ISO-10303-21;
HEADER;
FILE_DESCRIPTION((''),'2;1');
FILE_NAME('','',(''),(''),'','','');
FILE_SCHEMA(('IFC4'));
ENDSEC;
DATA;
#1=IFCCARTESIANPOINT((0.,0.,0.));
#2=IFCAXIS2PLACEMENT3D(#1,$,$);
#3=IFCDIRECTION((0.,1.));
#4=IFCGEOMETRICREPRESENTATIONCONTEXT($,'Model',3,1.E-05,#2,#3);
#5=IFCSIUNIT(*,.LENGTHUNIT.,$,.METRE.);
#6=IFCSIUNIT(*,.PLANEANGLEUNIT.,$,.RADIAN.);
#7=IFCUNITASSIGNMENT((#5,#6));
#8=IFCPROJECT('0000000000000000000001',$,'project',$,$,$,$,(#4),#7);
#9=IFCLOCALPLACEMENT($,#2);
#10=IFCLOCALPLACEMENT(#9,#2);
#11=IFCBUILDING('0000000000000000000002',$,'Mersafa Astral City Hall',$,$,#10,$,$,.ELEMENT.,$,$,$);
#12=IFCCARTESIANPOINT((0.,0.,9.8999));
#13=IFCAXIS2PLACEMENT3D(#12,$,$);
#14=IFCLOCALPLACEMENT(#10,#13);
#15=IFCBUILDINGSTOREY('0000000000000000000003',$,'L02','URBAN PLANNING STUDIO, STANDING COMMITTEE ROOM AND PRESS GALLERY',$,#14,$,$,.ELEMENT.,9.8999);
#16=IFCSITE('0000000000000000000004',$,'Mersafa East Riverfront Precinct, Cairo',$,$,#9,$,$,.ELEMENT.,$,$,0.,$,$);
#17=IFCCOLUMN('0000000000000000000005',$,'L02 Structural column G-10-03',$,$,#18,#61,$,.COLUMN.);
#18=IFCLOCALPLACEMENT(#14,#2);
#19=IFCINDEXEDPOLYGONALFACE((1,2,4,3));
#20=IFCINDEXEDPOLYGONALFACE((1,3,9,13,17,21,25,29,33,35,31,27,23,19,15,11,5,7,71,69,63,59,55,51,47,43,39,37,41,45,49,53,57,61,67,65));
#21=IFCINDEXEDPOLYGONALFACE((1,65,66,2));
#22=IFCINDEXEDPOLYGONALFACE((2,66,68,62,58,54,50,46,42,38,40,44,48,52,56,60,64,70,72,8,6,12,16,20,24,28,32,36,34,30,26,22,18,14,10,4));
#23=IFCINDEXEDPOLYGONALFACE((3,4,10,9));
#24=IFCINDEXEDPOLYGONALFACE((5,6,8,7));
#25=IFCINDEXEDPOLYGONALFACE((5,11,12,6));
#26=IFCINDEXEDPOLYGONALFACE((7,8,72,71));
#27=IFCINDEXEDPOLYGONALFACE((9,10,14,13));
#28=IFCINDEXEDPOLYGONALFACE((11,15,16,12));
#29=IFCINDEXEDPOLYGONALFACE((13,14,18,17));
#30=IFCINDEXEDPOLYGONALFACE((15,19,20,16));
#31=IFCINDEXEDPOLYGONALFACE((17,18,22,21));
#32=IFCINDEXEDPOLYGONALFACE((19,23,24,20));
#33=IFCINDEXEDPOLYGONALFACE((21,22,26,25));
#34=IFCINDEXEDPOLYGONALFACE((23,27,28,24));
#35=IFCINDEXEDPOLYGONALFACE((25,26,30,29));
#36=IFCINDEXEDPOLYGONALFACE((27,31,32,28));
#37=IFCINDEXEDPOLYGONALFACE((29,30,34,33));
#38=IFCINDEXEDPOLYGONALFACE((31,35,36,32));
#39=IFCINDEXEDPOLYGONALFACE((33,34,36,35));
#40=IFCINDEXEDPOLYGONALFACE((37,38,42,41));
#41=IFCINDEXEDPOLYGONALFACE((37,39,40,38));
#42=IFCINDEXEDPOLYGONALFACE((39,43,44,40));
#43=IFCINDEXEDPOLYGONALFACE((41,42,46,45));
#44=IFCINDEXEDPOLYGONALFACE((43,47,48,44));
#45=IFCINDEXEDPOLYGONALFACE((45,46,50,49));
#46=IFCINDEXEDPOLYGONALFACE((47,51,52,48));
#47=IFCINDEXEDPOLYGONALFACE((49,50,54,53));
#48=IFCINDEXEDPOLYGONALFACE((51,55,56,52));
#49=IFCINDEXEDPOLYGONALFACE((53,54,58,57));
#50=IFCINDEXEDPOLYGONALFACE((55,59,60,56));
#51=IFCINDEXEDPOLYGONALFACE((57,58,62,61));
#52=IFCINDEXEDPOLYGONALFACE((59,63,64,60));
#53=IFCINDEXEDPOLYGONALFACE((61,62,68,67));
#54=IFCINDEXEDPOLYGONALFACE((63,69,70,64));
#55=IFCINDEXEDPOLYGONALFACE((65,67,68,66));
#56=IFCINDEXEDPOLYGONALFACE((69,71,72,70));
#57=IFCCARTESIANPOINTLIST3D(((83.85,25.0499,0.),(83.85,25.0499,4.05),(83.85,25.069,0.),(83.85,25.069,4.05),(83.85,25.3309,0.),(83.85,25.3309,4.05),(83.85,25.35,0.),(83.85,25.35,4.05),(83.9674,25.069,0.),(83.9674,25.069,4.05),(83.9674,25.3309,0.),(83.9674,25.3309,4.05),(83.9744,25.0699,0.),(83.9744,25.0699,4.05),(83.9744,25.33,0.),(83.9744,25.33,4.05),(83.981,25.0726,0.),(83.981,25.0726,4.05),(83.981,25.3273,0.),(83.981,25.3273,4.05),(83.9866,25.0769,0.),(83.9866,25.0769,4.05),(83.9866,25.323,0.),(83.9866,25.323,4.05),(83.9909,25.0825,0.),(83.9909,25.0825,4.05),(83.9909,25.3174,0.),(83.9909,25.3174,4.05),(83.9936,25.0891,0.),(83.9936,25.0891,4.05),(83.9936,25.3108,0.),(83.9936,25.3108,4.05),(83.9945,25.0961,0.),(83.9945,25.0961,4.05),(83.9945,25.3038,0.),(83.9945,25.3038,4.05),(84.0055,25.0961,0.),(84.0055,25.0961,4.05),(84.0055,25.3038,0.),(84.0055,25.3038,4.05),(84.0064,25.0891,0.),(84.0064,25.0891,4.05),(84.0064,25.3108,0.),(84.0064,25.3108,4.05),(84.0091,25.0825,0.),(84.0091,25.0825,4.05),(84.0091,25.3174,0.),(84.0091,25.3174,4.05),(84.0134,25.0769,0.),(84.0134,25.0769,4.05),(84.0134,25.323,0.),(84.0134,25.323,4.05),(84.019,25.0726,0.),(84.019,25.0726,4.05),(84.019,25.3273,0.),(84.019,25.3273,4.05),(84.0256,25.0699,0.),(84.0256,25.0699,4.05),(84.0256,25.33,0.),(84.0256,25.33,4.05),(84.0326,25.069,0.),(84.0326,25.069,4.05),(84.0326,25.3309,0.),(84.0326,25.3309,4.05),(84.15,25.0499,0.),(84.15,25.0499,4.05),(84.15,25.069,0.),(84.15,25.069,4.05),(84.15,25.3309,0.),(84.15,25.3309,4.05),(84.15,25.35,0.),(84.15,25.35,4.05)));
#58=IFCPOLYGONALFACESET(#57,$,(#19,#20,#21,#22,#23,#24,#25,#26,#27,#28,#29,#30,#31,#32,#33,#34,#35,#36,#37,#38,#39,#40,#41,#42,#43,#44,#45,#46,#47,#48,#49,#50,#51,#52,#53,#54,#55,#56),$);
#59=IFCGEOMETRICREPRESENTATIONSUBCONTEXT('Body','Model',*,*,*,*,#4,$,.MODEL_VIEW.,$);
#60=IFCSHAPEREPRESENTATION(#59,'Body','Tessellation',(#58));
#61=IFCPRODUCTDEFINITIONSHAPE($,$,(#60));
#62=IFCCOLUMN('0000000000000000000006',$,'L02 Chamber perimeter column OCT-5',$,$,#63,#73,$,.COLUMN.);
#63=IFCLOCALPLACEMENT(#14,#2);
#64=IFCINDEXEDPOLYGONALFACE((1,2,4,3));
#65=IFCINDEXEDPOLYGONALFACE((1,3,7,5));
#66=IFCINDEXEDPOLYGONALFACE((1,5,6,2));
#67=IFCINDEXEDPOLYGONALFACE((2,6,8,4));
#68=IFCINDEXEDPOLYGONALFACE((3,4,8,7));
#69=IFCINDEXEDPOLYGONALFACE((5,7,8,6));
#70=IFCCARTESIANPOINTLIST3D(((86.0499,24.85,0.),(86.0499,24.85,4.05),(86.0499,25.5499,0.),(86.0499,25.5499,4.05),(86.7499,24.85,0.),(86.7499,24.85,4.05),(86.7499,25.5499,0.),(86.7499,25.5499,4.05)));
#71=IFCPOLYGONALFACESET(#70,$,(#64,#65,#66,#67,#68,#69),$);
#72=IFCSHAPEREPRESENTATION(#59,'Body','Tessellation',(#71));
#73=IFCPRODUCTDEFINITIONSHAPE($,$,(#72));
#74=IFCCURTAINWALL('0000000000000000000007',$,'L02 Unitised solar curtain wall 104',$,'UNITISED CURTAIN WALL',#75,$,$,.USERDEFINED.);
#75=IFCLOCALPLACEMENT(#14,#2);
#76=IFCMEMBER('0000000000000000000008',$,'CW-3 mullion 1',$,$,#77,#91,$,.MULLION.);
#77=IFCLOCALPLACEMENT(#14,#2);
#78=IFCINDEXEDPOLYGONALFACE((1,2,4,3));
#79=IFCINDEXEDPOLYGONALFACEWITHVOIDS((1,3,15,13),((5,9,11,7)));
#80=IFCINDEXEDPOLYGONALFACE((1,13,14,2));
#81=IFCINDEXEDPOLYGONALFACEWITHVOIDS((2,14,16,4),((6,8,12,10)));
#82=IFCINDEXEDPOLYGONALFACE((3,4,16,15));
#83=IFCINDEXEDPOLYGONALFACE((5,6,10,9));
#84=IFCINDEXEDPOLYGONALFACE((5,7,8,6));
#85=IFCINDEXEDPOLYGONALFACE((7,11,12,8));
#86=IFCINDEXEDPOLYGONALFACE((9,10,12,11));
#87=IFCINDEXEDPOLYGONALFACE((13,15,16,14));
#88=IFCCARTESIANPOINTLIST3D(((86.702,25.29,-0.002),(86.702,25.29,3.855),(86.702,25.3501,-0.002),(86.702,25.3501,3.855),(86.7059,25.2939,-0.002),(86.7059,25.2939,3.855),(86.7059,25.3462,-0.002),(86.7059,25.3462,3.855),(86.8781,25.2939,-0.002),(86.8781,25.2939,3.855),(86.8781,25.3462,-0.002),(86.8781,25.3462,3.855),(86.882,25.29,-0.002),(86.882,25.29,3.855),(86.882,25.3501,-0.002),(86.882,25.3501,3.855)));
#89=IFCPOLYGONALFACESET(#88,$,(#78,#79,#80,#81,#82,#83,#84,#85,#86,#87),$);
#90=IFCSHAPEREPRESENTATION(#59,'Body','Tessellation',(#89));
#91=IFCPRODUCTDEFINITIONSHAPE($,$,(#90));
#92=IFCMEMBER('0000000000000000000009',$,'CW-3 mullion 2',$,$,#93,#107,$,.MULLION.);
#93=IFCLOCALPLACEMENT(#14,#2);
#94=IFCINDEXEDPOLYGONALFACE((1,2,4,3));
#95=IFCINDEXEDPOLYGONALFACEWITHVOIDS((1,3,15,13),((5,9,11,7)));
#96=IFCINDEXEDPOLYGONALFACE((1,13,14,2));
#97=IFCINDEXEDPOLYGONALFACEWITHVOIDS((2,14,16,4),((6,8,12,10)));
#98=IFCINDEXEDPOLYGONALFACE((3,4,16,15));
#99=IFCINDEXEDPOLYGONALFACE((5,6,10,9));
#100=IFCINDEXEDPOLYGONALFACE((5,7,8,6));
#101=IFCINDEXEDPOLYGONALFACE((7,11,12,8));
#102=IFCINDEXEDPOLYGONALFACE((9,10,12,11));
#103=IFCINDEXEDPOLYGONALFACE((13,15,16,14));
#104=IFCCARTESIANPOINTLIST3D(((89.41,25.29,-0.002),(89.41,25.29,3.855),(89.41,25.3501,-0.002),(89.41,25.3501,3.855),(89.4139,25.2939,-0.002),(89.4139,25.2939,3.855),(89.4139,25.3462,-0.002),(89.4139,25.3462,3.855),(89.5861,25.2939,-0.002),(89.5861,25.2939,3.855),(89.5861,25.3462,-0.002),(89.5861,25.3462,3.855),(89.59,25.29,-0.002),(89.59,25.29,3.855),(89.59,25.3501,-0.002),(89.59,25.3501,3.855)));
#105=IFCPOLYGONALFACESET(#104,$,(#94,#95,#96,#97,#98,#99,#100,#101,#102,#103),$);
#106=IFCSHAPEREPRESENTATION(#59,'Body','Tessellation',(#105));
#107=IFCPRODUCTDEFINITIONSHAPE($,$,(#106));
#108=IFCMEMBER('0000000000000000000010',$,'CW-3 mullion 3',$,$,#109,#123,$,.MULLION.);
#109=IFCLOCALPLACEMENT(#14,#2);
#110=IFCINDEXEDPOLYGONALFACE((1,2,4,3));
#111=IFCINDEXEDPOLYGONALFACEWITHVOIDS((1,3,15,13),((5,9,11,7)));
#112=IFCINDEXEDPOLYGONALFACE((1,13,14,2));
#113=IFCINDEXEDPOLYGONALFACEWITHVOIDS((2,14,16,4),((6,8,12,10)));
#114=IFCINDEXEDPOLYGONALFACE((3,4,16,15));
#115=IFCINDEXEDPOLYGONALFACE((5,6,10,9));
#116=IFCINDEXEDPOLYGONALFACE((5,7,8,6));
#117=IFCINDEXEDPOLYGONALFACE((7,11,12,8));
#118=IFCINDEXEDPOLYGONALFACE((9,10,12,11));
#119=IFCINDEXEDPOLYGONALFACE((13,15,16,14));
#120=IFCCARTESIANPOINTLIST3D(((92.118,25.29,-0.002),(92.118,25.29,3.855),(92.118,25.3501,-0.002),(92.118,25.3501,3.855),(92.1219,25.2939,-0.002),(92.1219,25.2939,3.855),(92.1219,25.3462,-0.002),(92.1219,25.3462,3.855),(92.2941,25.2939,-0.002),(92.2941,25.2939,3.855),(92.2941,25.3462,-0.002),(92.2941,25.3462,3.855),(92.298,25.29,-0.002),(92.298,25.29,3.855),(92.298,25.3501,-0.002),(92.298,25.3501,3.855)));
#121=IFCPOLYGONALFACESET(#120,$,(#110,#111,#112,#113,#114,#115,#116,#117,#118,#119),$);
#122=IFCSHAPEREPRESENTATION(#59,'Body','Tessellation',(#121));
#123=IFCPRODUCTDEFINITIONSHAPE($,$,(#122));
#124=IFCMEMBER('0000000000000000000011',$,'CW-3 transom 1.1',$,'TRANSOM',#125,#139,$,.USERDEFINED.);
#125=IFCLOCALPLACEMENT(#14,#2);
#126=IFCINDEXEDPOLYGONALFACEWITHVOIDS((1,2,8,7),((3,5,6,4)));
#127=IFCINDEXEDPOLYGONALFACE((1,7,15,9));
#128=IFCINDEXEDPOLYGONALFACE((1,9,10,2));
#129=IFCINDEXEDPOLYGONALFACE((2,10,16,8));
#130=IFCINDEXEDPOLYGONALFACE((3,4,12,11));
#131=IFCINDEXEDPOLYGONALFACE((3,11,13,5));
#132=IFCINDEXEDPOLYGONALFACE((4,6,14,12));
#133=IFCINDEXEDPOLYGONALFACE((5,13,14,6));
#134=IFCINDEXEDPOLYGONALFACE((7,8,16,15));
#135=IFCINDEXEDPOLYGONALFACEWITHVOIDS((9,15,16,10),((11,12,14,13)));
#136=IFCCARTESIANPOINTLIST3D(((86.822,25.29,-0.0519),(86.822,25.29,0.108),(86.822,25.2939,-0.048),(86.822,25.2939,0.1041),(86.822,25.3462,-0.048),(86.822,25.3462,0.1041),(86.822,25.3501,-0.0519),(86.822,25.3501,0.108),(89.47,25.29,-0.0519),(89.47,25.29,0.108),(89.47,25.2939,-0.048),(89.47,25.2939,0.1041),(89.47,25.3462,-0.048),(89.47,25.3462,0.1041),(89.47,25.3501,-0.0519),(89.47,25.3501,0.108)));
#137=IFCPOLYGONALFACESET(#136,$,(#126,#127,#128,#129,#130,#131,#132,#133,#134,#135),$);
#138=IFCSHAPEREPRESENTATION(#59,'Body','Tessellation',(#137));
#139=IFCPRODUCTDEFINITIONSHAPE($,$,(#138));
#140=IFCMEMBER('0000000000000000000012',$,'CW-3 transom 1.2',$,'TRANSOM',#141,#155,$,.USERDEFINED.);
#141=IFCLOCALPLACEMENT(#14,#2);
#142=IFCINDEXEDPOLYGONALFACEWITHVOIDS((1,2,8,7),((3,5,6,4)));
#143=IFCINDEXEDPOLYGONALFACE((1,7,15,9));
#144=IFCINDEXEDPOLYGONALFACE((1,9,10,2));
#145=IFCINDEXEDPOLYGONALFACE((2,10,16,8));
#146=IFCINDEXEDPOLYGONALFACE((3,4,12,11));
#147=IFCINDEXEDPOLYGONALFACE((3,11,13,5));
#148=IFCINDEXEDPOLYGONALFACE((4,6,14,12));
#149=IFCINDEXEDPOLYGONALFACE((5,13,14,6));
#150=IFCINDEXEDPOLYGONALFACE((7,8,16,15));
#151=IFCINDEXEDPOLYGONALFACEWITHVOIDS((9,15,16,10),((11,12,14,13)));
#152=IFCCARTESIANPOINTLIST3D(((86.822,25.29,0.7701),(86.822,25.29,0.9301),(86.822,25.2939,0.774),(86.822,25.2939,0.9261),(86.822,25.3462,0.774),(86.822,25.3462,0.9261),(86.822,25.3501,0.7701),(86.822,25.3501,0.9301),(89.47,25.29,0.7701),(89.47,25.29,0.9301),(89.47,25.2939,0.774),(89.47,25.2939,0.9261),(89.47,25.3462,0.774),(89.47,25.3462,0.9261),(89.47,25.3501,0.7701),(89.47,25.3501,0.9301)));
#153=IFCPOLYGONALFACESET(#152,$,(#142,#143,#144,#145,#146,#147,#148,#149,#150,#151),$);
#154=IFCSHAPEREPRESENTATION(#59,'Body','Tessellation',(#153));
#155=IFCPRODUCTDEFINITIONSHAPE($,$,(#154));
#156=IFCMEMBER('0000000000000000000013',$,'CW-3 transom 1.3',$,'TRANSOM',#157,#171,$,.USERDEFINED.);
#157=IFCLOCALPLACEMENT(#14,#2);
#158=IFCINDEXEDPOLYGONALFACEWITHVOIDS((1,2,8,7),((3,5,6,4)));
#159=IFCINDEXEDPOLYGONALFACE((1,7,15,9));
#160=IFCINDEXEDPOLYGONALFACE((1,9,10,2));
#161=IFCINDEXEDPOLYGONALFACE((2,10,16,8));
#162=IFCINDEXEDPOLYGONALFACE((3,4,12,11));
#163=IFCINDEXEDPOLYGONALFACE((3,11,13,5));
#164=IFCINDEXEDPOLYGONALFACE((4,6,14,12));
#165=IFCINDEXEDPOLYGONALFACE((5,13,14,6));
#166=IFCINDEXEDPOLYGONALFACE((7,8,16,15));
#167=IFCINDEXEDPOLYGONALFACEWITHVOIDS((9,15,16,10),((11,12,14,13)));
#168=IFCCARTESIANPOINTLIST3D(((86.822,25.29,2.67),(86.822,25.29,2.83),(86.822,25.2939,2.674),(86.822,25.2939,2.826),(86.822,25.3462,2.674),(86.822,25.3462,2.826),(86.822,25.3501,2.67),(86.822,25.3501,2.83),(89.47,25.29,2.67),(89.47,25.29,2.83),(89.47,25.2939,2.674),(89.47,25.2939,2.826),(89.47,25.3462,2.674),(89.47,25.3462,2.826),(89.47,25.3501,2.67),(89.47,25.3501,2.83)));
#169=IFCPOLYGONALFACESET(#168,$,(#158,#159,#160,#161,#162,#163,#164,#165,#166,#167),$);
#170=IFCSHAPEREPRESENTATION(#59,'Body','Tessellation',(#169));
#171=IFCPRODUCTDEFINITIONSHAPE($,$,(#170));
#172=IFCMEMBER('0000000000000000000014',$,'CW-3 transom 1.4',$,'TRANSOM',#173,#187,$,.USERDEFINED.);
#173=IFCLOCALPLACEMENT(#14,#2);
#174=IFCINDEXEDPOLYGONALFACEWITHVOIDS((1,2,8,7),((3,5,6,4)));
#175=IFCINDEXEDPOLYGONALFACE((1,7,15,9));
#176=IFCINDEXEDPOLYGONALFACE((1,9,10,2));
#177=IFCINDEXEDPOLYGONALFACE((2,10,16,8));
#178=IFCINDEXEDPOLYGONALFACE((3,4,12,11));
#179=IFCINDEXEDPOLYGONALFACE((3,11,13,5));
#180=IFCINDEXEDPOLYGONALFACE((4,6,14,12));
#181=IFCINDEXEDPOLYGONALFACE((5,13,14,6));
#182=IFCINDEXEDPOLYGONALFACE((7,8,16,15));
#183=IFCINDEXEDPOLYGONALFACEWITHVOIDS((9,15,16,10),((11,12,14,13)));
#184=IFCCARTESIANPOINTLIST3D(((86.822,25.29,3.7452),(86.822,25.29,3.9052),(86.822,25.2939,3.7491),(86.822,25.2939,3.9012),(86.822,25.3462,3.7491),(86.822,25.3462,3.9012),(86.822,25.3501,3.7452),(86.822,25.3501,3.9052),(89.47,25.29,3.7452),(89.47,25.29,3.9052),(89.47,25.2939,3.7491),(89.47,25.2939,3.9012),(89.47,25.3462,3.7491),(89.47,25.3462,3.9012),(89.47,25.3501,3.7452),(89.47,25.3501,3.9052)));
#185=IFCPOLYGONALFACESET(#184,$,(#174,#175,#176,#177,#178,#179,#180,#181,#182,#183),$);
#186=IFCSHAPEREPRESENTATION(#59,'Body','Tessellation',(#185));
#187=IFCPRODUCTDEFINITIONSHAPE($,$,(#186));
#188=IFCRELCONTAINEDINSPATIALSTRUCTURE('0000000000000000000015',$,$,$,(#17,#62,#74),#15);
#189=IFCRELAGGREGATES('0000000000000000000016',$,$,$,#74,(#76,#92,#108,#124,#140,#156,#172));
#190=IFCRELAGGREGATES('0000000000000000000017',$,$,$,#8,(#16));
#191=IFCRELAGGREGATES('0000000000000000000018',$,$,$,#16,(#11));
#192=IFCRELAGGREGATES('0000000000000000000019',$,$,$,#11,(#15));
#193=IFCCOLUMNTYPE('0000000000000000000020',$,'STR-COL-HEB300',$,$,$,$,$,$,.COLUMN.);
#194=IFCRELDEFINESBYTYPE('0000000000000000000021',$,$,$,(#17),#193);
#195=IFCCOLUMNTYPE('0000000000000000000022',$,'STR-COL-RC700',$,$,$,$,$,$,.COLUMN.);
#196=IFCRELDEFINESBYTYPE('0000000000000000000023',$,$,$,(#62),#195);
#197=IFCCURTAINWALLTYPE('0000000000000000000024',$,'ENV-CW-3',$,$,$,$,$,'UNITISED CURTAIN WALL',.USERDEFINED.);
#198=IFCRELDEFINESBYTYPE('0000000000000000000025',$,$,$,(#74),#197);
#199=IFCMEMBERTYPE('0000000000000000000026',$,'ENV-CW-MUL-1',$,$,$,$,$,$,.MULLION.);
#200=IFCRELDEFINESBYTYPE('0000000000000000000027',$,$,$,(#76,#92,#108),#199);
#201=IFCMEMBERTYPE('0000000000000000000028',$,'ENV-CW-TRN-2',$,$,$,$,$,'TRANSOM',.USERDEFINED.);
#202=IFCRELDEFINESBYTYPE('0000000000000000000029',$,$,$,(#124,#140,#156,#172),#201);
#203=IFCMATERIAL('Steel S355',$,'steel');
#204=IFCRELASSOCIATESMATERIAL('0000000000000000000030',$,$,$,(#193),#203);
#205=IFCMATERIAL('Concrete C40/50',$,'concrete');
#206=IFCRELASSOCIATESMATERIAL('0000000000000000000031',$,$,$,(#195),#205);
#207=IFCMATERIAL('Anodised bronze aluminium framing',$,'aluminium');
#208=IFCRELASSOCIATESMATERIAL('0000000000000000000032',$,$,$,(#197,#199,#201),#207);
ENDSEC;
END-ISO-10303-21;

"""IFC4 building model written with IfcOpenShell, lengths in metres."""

from ifc_helpers import new_model, si_unit, direction, frame, origin, origin_2d, place, context, subcontext, project, spatial, rectangle, hollow_rectangle, i_section, extrude, material, material_profile, profile_set, type_object, element, aggregate, save


model = new_model("IFC4")

# Units and contexts
model_context = context("Model", 3, precision=1e-05, world=origin(), true_north=direction((0.0, 1.0)))
body_context = subcontext(model_context, "Body", "Model", "MODEL_VIEW")
ifc_project = project(units=[si_unit("LENGTHUNIT", "METRE"), si_unit("PLANEANGLEUNIT", "RADIAN")], contexts=[model_context])

# Site, building, storey
site_placement = place(None, origin())
site = spatial("IfcSite", under=ifc_project, at=site_placement, Name="Mersafa East Riverfront Precinct, Cairo", CompositionType="ELEMENT", RefElevation=0.0)
building_placement = place(site_placement, origin())
building = spatial("IfcBuilding", under=site, at=building_placement, Name="Mersafa Astral City Hall", CompositionType="ELEMENT")
storey_placement = place(building_placement, frame((0.0, 0.0, 9.8999)))
storey = spatial("IfcBuildingStorey", under=building, at=storey_placement, Name="L02", Description="URBAN PLANNING STUDIO, STANDING COMMITTEE ROOM AND PRESS GALLERY", CompositionType="ELEMENT", Elevation=9.8999)

# Columns
ifc_material_1 = material(Name="Steel S355", Category="steel")
ifc_material_profile_1 = material_profile(ifc_material_1, i_section(OverallWidth=0.3, OverallDepth=0.3, WebThickness=0.011, FlangeThickness=0.019, FilletRadius=0.0271, at=origin_2d()), Name="HEB 300")
ifc_profile_set_1 = profile_set([ifc_material_profile_1], Name="Steel S355")
column_type_1 = type_object("IfcColumnType", Name="STR-COL-HEB300", PredefinedType="COLUMN", material=ifc_profile_set_1)
column_1_placement = place(storey_placement, frame((84.0, 25.2, 0.0), z_axis=(0.0, 0.0, 1.0), x_axis=(1.0, 0.0, 0.0)))
element("IfcColumn", 1, at=column_1_placement, inside=storey, type_object=column_type_1, Name="L02 Structural column G-10-03", PredefinedType="COLUMN", context=body_context, shape_type="SweptSolid", body=[
    extrude(i_section(OverallWidth=0.3, OverallDepth=0.3, WebThickness=0.011, FlangeThickness=0.019, FilletRadius=0.0271, at=origin_2d()), origin(), (0.0, 0.0, 1.0), 4.05),
])
ifc_material_2 = material(Name="Concrete C40/50", Category="concrete")
ifc_material_profile_2 = material_profile(ifc_material_2, rectangle(XDim=0.7, YDim=0.7, at=origin_2d()), Name="RC 700x700")
ifc_profile_set_2 = profile_set([ifc_material_profile_2], Name="Concrete C40/50")
column_type_2 = type_object("IfcColumnType", Name="STR-COL-RC700", PredefinedType="COLUMN", material=ifc_profile_set_2)
column_2_placement = place(storey_placement, frame((86.3999, 25.2, 0.0), z_axis=(0.0, 0.0, 1.0), x_axis=(1.0, 0.0, 0.0)))
element("IfcColumn", 2, at=column_2_placement, inside=storey, type_object=column_type_2, Name="L02 Chamber perimeter column OCT-5", PredefinedType="COLUMN", context=body_context, shape_type="SweptSolid", body=[
    extrude(rectangle(XDim=0.7, YDim=0.7, at=origin_2d()), origin(), (0.0, 0.0, 1.0), 4.05),
])

# Curtain wall, members
ifc_material_3 = material(Name="Anodised bronze aluminium framing", Category="aluminium")
curtain_wall_type = type_object("IfcCurtainWallType", Name="ENV-CW-3", ElementType="UNITISED CURTAIN WALL", PredefinedType="USERDEFINED", material=ifc_material_3)
curtain_wall_placement = place(storey_placement, origin())
curtain_wall = element("IfcCurtainWall", 3, at=curtain_wall_placement, inside=storey, type_object=curtain_wall_type, Name="L02 Unitised solar curtain wall 104", ObjectType="UNITISED CURTAIN WALL", PredefinedType="USERDEFINED")
ifc_material_profile_3 = material_profile(ifc_material_3, hollow_rectangle(XDim=0.0601, YDim=0.1799, WallThickness=0.0039, at=origin_2d()), Name="RHS 60x180x4")
ifc_profile_set_3 = profile_set([ifc_material_profile_3], Name="Anodised bronze aluminium framing")
member_type_1 = type_object("IfcMemberType", Name="ENV-CW-MUL-1", PredefinedType="MULLION", material=ifc_profile_set_3)
member_1_placement = place(storey_placement, frame((86.792, 25.3201, -0.002), z_axis=(0.0, 0.0, 1.0), x_axis=(0.0, 1.0, 0.0)))
member_1 = element("IfcMember", 4, at=member_1_placement, type_object=member_type_1, Name="CW-3 mullion 1", PredefinedType="MULLION", context=body_context, shape_type="SweptSolid", body=[
    extrude(hollow_rectangle(XDim=0.0601, YDim=0.1799, WallThickness=0.0039, at=origin_2d()), origin(), (0.0, 0.0, 1.0), 3.8569),
])
member_2_placement = place(storey_placement, frame((89.5, 25.3201, -0.002), z_axis=(0.0, 0.0, 1.0), x_axis=(0.0, 1.0, 0.0)))
member_2 = element("IfcMember", 5, at=member_2_placement, type_object=member_type_1, Name="CW-3 mullion 2", PredefinedType="MULLION", context=body_context, shape_type="SweptSolid", body=[
    extrude(hollow_rectangle(XDim=0.0601, YDim=0.1799, WallThickness=0.0039, at=origin_2d()), origin(), (0.0, 0.0, 1.0), 3.8569),
])
member_3_placement = place(storey_placement, frame((92.208, 25.3201, -0.002), z_axis=(0.0, 0.0, 1.0), x_axis=(0.0, 1.0, 0.0)))
member_3 = element("IfcMember", 6, at=member_3_placement, type_object=member_type_1, Name="CW-3 mullion 3", PredefinedType="MULLION", context=body_context, shape_type="SweptSolid", body=[
    extrude(hollow_rectangle(XDim=0.0601, YDim=0.1799, WallThickness=0.0039, at=origin_2d()), origin(), (0.0, 0.0, 1.0), 3.8569),
])
ifc_material_profile_4 = material_profile(ifc_material_3, hollow_rectangle(XDim=0.0601, YDim=0.1599, WallThickness=0.0039, at=origin_2d()), Name="RHS 60x160x4")
ifc_profile_set_4 = profile_set([ifc_material_profile_4], Name="Anodised bronze aluminium framing")
member_type_2 = type_object("IfcMemberType", Name="ENV-CW-TRN-2", ElementType="TRANSOM", PredefinedType="USERDEFINED", material=ifc_profile_set_4)
member_4_placement = place(storey_placement, frame((86.822, 25.3201, 0.0281), z_axis=(1.0, 0.0, 0.0), x_axis=(0.0, 1.0, 0.0)))
member_4 = element("IfcMember", 7, at=member_4_placement, type_object=member_type_2, Name="CW-3 transom 1.1", ObjectType="TRANSOM", PredefinedType="USERDEFINED", context=body_context, shape_type="SweptSolid", body=[
    extrude(hollow_rectangle(XDim=0.0601, YDim=0.1599, WallThickness=0.0039, at=origin_2d()), origin(), (0.0, 0.0, 1.0), 2.6479),
])
member_5_placement = place(storey_placement, frame((86.822, 25.3201, 0.8501), z_axis=(1.0, 0.0, 0.0), x_axis=(0.0, 1.0, 0.0)))
member_5 = element("IfcMember", 8, at=member_5_placement, type_object=member_type_2, Name="CW-3 transom 1.2", ObjectType="TRANSOM", PredefinedType="USERDEFINED", context=body_context, shape_type="SweptSolid", body=[
    extrude(hollow_rectangle(XDim=0.0601, YDim=0.1599, WallThickness=0.0039, at=origin_2d()), origin(), (0.0, 0.0, 1.0), 2.6479),
])
member_6_placement = place(storey_placement, frame((86.822, 25.3201, 2.75), z_axis=(1.0, 0.0, 0.0), x_axis=(0.0, 1.0, 0.0)))
member_6 = element("IfcMember", 9, at=member_6_placement, type_object=member_type_2, Name="CW-3 transom 1.3", ObjectType="TRANSOM", PredefinedType="USERDEFINED", context=body_context, shape_type="SweptSolid", body=[
    extrude(hollow_rectangle(XDim=0.0601, YDim=0.1599, WallThickness=0.0039, at=origin_2d()), origin(), (0.0, 0.0, 1.0), 2.6479),
])
member_7_placement = place(storey_placement, frame((86.822, 25.3201, 3.8252), z_axis=(1.0, 0.0, 0.0), x_axis=(0.0, 1.0, 0.0)))
member_7 = element("IfcMember", 10, at=member_7_placement, type_object=member_type_2, Name="CW-3 transom 1.4", ObjectType="TRANSOM", PredefinedType="USERDEFINED", context=body_context, shape_type="SweptSolid", body=[
    extrude(hollow_rectangle(XDim=0.0601, YDim=0.1599, WallThickness=0.0039, at=origin_2d()), origin(), (0.0, 0.0, 1.0), 2.6479),
])

aggregate(curtain_wall, [member_1, member_2, member_3, member_4, member_5, member_6, member_7])

save(model, "model.ifc")
